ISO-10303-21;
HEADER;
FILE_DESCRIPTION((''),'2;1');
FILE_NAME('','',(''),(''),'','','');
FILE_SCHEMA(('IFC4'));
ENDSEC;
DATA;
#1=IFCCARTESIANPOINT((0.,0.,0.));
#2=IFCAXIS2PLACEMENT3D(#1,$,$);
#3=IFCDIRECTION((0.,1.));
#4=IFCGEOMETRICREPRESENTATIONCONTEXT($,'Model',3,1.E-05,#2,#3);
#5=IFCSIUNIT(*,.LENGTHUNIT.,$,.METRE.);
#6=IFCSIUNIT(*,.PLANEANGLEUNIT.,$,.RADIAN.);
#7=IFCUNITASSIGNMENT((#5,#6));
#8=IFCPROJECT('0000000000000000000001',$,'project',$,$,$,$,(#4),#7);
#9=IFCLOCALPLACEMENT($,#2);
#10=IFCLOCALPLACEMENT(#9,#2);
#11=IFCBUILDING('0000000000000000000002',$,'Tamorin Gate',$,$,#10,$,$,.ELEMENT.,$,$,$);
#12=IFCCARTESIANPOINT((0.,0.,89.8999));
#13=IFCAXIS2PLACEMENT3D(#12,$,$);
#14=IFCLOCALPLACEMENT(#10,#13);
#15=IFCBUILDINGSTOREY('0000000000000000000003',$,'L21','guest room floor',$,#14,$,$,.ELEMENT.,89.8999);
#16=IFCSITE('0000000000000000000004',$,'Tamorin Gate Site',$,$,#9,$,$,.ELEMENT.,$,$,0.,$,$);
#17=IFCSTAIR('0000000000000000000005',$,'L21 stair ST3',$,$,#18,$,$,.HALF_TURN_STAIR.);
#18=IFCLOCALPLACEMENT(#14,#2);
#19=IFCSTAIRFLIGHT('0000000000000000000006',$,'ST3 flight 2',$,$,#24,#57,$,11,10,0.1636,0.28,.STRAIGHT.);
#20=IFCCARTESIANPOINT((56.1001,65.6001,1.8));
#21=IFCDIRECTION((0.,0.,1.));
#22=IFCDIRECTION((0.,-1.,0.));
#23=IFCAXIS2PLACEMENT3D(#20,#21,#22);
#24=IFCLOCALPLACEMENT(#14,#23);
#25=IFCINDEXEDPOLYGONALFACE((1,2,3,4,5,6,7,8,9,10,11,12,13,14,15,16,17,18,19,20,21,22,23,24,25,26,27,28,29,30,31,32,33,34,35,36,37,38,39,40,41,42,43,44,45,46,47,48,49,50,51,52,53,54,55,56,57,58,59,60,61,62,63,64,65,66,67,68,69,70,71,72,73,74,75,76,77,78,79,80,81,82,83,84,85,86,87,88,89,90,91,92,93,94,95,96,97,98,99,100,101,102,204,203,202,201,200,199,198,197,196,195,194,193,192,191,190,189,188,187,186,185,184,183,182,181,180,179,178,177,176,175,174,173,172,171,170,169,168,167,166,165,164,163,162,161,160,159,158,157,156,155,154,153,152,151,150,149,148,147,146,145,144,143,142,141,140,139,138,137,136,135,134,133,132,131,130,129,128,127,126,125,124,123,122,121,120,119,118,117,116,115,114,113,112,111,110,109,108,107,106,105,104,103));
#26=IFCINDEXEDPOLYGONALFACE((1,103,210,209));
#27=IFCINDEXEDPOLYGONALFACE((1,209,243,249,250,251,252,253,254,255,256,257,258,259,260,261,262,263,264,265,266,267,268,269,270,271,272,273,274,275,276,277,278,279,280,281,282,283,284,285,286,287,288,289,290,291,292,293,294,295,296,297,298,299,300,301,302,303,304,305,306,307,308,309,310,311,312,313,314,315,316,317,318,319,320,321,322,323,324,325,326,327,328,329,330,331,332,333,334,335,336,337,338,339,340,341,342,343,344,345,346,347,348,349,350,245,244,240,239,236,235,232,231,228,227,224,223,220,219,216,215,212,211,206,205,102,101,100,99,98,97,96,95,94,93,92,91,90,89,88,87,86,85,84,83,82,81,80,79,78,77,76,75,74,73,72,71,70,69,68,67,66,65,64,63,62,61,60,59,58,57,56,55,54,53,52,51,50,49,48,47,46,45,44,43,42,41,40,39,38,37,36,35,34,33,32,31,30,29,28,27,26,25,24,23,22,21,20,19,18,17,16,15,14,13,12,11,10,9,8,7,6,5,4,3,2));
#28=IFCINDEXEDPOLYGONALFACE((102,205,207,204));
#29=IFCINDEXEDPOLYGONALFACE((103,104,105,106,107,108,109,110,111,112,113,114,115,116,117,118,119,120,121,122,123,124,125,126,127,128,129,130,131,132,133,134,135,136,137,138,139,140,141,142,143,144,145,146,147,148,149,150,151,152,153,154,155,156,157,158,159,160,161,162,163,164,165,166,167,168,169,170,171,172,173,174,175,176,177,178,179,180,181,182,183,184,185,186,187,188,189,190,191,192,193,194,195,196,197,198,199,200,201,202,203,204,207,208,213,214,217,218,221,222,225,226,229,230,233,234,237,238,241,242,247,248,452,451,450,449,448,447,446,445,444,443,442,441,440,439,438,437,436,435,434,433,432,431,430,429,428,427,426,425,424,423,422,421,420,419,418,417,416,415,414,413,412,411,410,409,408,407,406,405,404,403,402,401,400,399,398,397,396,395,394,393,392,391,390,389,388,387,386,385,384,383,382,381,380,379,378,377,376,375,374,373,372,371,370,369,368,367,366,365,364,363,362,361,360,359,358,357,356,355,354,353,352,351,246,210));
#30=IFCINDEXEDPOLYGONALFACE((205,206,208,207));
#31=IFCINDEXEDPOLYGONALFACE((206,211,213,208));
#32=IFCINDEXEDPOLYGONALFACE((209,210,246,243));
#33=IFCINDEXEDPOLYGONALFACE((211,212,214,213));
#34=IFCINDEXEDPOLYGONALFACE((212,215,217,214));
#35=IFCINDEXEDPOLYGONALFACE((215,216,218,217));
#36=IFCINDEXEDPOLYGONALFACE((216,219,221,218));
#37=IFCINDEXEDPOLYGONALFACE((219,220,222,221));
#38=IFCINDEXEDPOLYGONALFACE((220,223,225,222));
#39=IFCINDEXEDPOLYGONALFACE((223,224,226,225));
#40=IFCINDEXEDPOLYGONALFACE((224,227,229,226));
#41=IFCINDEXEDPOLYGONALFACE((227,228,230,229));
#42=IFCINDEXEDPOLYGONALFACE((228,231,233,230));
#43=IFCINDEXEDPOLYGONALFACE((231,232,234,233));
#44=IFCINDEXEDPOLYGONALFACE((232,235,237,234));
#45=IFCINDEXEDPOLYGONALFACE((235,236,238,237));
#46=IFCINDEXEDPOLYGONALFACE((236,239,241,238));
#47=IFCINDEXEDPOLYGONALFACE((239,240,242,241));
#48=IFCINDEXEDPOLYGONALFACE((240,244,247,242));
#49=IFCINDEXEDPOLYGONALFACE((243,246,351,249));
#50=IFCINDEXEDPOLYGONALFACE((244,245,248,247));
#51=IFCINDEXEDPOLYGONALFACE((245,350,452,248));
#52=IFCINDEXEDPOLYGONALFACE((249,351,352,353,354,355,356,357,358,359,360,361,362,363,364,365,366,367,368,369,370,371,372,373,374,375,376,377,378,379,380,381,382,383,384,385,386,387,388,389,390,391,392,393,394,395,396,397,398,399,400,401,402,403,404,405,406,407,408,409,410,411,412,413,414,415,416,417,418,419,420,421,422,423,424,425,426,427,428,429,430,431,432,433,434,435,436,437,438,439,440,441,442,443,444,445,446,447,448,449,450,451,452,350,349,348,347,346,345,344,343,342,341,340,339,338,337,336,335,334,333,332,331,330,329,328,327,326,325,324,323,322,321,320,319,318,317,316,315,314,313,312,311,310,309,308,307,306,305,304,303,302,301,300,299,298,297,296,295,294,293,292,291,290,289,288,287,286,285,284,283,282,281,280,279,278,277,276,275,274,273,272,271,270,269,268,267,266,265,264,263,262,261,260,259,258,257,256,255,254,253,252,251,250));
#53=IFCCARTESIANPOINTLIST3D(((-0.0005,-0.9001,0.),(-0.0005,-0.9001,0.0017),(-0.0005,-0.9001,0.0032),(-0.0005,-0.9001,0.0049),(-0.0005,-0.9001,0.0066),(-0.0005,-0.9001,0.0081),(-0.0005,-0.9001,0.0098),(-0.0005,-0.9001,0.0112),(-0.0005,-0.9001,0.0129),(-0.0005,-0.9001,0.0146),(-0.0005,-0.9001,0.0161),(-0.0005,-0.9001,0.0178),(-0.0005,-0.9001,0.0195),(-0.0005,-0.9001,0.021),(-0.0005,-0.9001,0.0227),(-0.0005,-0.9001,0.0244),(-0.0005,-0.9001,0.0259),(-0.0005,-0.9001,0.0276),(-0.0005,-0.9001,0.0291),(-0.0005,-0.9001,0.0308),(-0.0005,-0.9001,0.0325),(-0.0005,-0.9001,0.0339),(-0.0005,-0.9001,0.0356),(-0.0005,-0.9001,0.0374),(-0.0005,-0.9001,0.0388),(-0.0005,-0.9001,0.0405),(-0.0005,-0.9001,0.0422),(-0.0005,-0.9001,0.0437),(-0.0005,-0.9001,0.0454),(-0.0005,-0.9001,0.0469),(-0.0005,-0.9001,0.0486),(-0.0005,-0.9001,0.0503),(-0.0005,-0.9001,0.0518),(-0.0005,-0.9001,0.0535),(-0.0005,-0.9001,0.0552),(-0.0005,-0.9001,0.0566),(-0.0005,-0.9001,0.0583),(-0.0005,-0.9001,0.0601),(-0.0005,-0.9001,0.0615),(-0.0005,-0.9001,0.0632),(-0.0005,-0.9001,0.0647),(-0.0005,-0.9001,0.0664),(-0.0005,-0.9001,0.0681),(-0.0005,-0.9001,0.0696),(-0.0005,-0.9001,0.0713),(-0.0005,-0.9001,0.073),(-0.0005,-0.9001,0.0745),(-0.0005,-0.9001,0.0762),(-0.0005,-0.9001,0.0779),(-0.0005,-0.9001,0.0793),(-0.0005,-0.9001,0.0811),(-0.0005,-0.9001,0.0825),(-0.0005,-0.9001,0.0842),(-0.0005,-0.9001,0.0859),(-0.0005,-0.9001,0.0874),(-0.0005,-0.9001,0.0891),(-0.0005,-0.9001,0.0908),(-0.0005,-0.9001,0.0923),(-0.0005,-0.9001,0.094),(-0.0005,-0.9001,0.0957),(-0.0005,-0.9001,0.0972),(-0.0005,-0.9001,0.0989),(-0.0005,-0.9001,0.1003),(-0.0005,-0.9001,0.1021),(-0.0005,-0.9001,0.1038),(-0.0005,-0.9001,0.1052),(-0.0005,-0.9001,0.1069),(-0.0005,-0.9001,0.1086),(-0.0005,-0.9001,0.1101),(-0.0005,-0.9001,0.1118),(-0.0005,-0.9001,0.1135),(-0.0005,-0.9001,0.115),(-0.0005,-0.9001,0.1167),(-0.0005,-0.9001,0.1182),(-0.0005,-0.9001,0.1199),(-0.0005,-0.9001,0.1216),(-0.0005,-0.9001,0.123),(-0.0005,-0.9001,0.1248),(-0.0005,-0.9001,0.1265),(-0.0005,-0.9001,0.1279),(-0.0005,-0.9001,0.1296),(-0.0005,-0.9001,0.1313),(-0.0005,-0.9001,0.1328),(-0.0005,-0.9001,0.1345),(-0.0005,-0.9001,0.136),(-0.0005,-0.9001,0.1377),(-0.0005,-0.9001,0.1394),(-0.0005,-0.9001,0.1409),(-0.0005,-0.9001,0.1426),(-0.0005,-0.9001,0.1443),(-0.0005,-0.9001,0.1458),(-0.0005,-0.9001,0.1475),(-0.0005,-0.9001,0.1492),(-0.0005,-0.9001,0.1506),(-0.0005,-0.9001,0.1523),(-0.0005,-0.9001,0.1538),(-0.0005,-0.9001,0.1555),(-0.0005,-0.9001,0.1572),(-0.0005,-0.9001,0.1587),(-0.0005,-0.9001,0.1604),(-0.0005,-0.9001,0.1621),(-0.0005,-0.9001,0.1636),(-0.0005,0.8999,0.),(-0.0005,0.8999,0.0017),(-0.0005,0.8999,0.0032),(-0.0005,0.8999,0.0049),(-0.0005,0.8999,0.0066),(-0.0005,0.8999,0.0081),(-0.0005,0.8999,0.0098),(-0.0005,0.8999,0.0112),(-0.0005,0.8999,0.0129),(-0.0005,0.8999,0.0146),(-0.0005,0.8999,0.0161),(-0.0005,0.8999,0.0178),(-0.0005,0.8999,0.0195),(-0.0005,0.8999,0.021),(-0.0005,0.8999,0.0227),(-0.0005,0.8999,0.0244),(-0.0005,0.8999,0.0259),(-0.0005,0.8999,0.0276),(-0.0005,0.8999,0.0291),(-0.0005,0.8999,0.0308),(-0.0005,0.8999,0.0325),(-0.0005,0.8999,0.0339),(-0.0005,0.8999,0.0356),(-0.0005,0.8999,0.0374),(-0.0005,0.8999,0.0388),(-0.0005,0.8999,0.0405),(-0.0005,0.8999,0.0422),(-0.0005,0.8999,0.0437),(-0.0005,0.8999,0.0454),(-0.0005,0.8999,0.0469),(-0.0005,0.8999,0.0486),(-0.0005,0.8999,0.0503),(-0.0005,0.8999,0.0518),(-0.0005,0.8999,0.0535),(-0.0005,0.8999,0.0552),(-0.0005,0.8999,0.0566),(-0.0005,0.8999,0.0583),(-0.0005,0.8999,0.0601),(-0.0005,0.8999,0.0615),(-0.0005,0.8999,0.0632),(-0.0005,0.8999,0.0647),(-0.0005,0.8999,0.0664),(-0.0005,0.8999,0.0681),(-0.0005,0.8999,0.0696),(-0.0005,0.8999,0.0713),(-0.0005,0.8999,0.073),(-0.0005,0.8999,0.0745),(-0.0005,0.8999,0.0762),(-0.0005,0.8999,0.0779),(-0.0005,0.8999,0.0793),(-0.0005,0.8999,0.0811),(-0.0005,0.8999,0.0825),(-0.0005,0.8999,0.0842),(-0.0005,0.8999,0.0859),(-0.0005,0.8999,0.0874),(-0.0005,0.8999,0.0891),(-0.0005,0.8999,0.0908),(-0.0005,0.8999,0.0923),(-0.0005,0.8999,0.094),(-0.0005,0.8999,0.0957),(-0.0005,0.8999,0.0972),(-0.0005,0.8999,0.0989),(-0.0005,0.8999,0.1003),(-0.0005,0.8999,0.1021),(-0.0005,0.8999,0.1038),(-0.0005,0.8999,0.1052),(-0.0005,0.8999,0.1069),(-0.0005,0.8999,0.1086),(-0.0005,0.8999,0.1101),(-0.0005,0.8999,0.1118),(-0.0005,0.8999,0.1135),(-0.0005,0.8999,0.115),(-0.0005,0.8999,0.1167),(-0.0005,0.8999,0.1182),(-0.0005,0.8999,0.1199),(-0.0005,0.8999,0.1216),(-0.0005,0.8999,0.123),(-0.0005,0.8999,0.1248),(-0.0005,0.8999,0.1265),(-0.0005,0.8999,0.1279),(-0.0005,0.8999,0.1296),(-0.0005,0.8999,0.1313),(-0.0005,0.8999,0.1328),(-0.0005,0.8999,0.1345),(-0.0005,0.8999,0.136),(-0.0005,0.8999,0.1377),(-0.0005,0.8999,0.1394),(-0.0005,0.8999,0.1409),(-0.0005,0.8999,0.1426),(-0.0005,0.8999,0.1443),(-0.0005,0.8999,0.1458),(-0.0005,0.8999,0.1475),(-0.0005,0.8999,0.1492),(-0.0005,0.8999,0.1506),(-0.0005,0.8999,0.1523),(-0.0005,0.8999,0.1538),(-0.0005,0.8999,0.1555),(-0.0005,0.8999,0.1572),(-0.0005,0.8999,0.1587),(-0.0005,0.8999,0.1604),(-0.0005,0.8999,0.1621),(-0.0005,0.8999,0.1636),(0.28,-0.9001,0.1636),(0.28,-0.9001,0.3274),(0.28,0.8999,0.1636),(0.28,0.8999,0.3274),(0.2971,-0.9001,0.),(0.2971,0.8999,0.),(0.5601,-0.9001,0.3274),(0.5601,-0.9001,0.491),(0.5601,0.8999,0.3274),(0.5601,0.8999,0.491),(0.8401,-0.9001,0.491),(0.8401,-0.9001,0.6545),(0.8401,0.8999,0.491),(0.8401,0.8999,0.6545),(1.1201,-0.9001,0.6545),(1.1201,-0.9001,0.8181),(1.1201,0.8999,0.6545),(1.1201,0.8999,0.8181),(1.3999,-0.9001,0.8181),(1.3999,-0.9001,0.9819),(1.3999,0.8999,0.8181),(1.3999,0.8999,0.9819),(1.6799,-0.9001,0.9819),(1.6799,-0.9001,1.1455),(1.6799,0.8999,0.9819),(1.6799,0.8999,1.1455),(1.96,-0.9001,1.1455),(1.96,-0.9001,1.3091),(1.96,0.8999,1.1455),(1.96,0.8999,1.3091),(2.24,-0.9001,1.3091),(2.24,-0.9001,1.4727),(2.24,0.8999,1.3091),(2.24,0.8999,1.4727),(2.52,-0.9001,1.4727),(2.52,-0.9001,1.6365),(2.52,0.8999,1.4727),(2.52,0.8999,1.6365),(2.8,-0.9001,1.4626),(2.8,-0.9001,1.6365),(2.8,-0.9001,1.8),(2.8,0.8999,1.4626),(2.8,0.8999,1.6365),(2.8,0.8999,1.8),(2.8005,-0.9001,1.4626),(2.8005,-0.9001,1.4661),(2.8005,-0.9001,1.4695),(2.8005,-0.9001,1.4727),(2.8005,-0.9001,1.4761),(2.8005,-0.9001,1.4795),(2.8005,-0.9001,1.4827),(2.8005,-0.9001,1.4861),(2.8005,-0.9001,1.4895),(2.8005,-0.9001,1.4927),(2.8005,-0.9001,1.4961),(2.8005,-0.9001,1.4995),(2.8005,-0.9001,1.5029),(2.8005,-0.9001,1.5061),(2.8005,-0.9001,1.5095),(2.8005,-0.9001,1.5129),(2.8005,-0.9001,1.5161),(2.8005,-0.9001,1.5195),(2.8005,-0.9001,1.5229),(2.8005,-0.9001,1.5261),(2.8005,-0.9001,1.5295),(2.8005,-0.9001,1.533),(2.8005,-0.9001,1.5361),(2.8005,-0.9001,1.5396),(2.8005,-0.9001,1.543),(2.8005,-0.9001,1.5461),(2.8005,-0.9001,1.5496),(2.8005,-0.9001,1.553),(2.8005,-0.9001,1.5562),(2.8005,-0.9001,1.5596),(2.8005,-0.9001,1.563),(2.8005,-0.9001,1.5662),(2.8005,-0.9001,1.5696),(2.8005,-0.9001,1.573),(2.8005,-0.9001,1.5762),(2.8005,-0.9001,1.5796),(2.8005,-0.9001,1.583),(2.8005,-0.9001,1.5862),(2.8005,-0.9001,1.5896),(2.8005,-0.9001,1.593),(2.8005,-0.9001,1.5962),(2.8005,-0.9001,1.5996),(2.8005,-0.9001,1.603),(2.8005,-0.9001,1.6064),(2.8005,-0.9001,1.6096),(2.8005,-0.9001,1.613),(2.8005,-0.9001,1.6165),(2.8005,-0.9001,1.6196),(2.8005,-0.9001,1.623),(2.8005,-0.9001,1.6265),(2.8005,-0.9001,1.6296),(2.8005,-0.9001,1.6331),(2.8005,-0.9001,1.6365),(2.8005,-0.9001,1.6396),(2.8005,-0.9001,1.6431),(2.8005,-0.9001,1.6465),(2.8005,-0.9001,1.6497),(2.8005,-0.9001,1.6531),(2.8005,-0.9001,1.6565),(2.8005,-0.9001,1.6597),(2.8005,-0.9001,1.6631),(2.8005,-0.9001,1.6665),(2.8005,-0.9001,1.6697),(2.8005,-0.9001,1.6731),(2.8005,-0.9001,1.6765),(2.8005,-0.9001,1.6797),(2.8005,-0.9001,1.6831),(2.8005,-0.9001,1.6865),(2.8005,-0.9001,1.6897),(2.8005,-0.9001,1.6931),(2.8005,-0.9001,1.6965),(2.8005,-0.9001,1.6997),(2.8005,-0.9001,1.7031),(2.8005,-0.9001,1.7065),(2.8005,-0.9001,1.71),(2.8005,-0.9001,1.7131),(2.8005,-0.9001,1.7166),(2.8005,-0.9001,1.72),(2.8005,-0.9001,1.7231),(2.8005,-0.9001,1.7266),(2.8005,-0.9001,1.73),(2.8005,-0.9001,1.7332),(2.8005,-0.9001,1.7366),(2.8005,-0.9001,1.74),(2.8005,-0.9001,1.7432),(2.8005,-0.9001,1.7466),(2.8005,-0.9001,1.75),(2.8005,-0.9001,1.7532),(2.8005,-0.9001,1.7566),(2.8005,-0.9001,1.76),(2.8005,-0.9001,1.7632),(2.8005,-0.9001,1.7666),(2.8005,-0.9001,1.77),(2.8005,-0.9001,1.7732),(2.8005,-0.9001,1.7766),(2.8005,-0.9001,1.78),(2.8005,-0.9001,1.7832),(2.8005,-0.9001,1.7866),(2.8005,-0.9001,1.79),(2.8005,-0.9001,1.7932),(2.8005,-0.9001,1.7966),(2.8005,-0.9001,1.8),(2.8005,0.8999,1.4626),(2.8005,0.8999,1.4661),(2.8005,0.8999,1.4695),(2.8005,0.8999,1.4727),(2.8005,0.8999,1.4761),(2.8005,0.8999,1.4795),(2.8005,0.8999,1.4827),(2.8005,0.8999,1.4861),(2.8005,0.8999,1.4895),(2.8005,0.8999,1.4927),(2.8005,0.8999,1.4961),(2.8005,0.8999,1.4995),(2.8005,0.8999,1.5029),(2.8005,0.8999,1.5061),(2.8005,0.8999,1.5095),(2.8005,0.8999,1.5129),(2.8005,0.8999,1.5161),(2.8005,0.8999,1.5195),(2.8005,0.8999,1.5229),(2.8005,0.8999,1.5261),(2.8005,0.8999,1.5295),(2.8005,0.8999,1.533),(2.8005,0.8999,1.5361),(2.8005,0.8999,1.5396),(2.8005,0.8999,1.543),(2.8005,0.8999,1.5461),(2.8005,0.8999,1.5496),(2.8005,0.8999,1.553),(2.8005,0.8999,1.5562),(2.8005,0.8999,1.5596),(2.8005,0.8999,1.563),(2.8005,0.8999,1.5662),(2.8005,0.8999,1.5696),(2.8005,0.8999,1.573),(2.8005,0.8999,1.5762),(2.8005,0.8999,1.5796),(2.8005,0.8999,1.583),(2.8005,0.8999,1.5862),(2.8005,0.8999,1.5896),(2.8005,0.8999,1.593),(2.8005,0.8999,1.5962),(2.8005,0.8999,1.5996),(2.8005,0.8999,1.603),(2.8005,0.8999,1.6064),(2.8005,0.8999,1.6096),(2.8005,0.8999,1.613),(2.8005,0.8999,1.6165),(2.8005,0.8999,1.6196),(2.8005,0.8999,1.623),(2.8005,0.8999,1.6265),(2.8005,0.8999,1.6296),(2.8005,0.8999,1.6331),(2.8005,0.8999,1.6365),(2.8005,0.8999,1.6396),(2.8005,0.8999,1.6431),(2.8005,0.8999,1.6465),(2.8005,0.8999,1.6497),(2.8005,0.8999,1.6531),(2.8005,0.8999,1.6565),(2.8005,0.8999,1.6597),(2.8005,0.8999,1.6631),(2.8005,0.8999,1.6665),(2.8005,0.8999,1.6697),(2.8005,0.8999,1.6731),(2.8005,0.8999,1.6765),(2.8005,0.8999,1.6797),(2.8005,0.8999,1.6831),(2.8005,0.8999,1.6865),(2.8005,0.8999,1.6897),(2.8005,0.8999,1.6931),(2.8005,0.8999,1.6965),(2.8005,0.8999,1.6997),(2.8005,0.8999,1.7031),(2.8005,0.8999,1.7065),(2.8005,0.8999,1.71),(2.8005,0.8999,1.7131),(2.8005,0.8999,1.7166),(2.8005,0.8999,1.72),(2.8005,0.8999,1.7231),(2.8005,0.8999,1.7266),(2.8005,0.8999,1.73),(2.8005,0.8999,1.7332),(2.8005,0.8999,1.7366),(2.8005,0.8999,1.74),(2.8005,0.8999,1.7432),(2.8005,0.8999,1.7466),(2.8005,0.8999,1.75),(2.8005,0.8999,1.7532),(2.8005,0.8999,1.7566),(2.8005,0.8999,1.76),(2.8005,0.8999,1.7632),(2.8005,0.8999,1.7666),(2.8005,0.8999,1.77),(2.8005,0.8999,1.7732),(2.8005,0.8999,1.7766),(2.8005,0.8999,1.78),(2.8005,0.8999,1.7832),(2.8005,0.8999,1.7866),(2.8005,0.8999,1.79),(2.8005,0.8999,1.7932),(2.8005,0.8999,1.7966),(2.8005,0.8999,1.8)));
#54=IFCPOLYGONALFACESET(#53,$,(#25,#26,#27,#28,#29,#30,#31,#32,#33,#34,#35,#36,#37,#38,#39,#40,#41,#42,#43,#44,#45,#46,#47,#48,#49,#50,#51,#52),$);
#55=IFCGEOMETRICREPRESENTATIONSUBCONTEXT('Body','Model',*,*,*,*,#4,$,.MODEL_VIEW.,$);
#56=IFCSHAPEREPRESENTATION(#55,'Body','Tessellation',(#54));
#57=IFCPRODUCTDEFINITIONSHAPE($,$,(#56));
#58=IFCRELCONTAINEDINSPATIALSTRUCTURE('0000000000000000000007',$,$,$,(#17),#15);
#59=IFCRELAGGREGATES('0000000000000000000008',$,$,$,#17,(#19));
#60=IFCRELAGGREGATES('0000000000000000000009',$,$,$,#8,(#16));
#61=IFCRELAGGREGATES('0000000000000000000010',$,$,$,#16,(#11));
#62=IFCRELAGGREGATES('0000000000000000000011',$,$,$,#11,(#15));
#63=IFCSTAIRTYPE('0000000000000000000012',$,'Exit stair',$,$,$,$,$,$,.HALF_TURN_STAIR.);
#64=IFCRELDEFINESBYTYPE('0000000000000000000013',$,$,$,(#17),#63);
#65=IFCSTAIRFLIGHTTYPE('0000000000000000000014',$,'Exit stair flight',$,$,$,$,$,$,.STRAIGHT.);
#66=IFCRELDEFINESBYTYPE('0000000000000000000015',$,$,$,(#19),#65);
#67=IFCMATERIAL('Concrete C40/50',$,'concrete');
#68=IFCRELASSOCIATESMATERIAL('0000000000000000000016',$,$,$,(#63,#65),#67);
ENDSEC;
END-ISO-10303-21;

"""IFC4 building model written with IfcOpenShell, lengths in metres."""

from ifc_helpers import new_model, si_unit, direction, frame, origin, place, context, subcontext, project, spatial, polyline, outline, extrude, material, type_object, element, aggregate, save


model = new_model("IFC4")

# Units and contexts
model_context = context("Model", 3, precision=1e-05, world=origin(), true_north=direction((0.0, 1.0)))
body_context = subcontext(model_context, "Body", "Model", "MODEL_VIEW")
ifc_project = project(units=[si_unit("LENGTHUNIT", "METRE"), si_unit("PLANEANGLEUNIT", "RADIAN")], contexts=[model_context])

# Site, building, storey
site_placement = place(None, origin())
site = spatial("IfcSite", under=ifc_project, at=site_placement, Name="Tamorin Gate Site", CompositionType="ELEMENT", RefElevation=0.0)
building_placement = place(site_placement, origin())
building = spatial("IfcBuilding", under=site, at=building_placement, Name="Tamorin Gate", CompositionType="ELEMENT")
storey_placement = place(building_placement, frame((0.0, 0.0, 89.8999)))
storey = spatial("IfcBuildingStorey", under=building, at=storey_placement, Name="L21", Description="guest room floor", CompositionType="ELEMENT", Elevation=89.8999)

# Shared definitions
ifc_material_1 = material(Name="Concrete C40/50", Category="concrete")

# Stair, stair flight
stair_type = type_object("IfcStairType", Name="Exit stair", PredefinedType="HALF_TURN_STAIR", material=ifc_material_1)
stair_placement = place(storey_placement, origin())
stair = element("IfcStair", 1, at=stair_placement, inside=storey, type_object=stair_type, Name="L21 stair ST3", PredefinedType="HALF_TURN_STAIR")
stair_flight_type = type_object("IfcStairFlightType", Name="Exit stair flight", PredefinedType="STRAIGHT", material=ifc_material_1)
stair_flight_1_placement = place(storey_placement, frame((56.1001, 65.6001, 1.8), z_axis=(0.0, 0.0, 1.0), x_axis=(0.0, -1.0, 0.0)))
stair_flight_1 = element("IfcStairFlight", 2, at=stair_flight_1_placement, type_object=stair_flight_type, Name="ST3 flight 2", NumberOfRisers=11, NumberOfTreads=10, PredefinedType="STRAIGHT", RiserHeight=0.1636, TreadLength=0.28, context=body_context, shape_type="SweptSolid", body=[
    extrude(outline(polyline([(-0.0005, 0.0), (-0.0005, 0.0017), (-0.0005, 0.0032), (-0.0005, 0.0049), (-0.0005, 0.0066), (-0.0005, 0.0081), (-0.0005, 0.0098), (-0.0005, 0.0112), (-0.0005, 0.0129), (-0.0005, 0.0146), (-0.0005, 0.0161), (-0.0005, 0.0178), (-0.0005, 0.0195), (-0.0005, 0.021), (-0.0005, 0.0227), (-0.0005, 0.0244), (-0.0005, 0.0259), (-0.0005, 0.0276), (-0.0005, 0.0291), (-0.0005, 0.0308), (-0.0005, 0.0325), (-0.0005, 0.0339), (-0.0005, 0.0356), (-0.0005, 0.0374), (-0.0005, 0.0388), (-0.0005, 0.0405), (-0.0005, 0.0422), (-0.0005, 0.0437), (-0.0005, 0.0454), (-0.0005, 0.0469), (-0.0005, 0.0486), (-0.0005, 0.0503), (-0.0005, 0.0518), (-0.0005, 0.0535), (-0.0005, 0.0552), (-0.0005, 0.0566), (-0.0005, 0.0583), (-0.0005, 0.0601), (-0.0005, 0.0615), (-0.0005, 0.0632), (-0.0005, 0.0647), (-0.0005, 0.0664), (-0.0005, 0.0681), (-0.0005, 0.0696), (-0.0005, 0.0713), (-0.0005, 0.073), (-0.0005, 0.0745), (-0.0005, 0.0762), (-0.0005, 0.0779), (-0.0005, 0.0793), (-0.0005, 0.0811), (-0.0005, 0.0825), (-0.0005, 0.0842), (-0.0005, 0.0859), (-0.0005, 0.0874), (-0.0005, 0.0891), (-0.0005, 0.0908), (-0.0005, 0.0923), (-0.0005, 0.094), (-0.0005, 0.0957), (-0.0005, 0.0972), (-0.0005, 0.0989), (-0.0005, 0.1003), (-0.0005, 0.1021), (-0.0005, 0.1038), (-0.0005, 0.1052), (-0.0005, 0.1069), (-0.0005, 0.1086), (-0.0005, 0.1101), (-0.0005, 0.1118), (-0.0005, 0.1135), (-0.0005, 0.115), (-0.0005, 0.1167), (-0.0005, 0.1182), (-0.0005, 0.1199), (-0.0005, 0.1216), (-0.0005, 0.123), (-0.0005, 0.1248), (-0.0005, 0.1265), (-0.0005, 0.1279), (-0.0005, 0.1296), (-0.0005, 0.1313), (-0.0005, 0.1328), (-0.0005, 0.1345), (-0.0005, 0.136), (-0.0005, 0.1377), (-0.0005, 0.1394), (-0.0005, 0.1409), (-0.0005, 0.1426), (-0.0005, 0.1443), (-0.0005, 0.1458), (-0.0005, 0.1475), (-0.0005, 0.1492), (-0.0005, 0.1506), (-0.0005, 0.1523), (-0.0005, 0.1538), (-0.0005, 0.1555), (-0.0005, 0.1572), (-0.0005, 0.1587), (-0.0005, 0.1604), (-0.0005, 0.1621), (-0.0005, 0.1636), (0.28, 0.1636), (0.28, 0.3274), (0.5601, 0.3274), (0.5601, 0.491), (0.8401, 0.491), (0.8401, 0.6545), (1.1201, 0.6545), (1.1201, 0.8181), (1.3999, 0.8181), (1.3999, 0.9819), (1.6799, 0.9819), (1.6799, 1.1455), (1.96, 1.1455), (1.96, 1.3091), (2.24, 1.3091), (2.24, 1.4727), (2.52, 1.4727), (2.52, 1.6365), (2.8, 1.6365), (2.8, 1.8), (2.8005, 1.8), (2.8005, 1.7966), (2.8005, 1.7932), (2.8005, 1.79), (2.8005, 1.7866), (2.8005, 1.7832), (2.8005, 1.78), (2.8005, 1.7766), (2.8005, 1.7732), (2.8005, 1.77), (2.8005, 1.7666), (2.8005, 1.7632), (2.8005, 1.76), (2.8005, 1.7566), (2.8005, 1.7532), (2.8005, 1.75), (2.8005, 1.7466), (2.8005, 1.7432), (2.8005, 1.74), (2.8005, 1.7366), (2.8005, 1.7332), (2.8005, 1.73), (2.8005, 1.7266), (2.8005, 1.7231), (2.8005, 1.72), (2.8005, 1.7166), (2.8005, 1.7131), (2.8005, 1.71), (2.8005, 1.7065), (2.8005, 1.7031), (2.8005, 1.6997), (2.8005, 1.6965), (2.8005, 1.6931), (2.8005, 1.6897), (2.8005, 1.6865), (2.8005, 1.6831), (2.8005, 1.6797), (2.8005, 1.6765), (2.8005, 1.6731), (2.8005, 1.6697), (2.8005, 1.6665), (2.8005, 1.6631), (2.8005, 1.6597), (2.8005, 1.6565), (2.8005, 1.6531), (2.8005, 1.6497), (2.8005, 1.6465), (2.8005, 1.6431), (2.8005, 1.6396), (2.8005, 1.6365), (2.8005, 1.6331), (2.8005, 1.6296), (2.8005, 1.6265), (2.8005, 1.623), (2.8005, 1.6196), (2.8005, 1.6165), (2.8005, 1.613), (2.8005, 1.6096), (2.8005, 1.6064), (2.8005, 1.603), (2.8005, 1.5996), (2.8005, 1.5962), (2.8005, 1.593), (2.8005, 1.5896), (2.8005, 1.5862), (2.8005, 1.583), (2.8005, 1.5796), (2.8005, 1.5762), (2.8005, 1.573), (2.8005, 1.5696), (2.8005, 1.5662), (2.8005, 1.563), (2.8005, 1.5596), (2.8005, 1.5562), (2.8005, 1.553), (2.8005, 1.5496), (2.8005, 1.5461), (2.8005, 1.543), (2.8005, 1.5396), (2.8005, 1.5361), (2.8005, 1.533), (2.8005, 1.5295), (2.8005, 1.5261), (2.8005, 1.5229), (2.8005, 1.5195), (2.8005, 1.5161), (2.8005, 1.5129), (2.8005, 1.5095), (2.8005, 1.5061), (2.8005, 1.5029), (2.8005, 1.4995), (2.8005, 1.4961), (2.8005, 1.4927), (2.8005, 1.4895), (2.8005, 1.4861), (2.8005, 1.4827), (2.8005, 1.4795), (2.8005, 1.4761), (2.8005, 1.4727), (2.8005, 1.4695), (2.8005, 1.4661), (2.8005, 1.4626), (2.8, 1.4626), (0.2971, 0.0), (-0.0005, 0.0)])), frame((0.0, 0.8999, 0.0), z_axis=(0.0, -1.0, 0.0), x_axis=(1.0, 0.0, 0.0)), (0.0, 0.0, 1.0), 1.8),
])
aggregate(stair, [stair_flight_1])

save(model, "model.ifc")
